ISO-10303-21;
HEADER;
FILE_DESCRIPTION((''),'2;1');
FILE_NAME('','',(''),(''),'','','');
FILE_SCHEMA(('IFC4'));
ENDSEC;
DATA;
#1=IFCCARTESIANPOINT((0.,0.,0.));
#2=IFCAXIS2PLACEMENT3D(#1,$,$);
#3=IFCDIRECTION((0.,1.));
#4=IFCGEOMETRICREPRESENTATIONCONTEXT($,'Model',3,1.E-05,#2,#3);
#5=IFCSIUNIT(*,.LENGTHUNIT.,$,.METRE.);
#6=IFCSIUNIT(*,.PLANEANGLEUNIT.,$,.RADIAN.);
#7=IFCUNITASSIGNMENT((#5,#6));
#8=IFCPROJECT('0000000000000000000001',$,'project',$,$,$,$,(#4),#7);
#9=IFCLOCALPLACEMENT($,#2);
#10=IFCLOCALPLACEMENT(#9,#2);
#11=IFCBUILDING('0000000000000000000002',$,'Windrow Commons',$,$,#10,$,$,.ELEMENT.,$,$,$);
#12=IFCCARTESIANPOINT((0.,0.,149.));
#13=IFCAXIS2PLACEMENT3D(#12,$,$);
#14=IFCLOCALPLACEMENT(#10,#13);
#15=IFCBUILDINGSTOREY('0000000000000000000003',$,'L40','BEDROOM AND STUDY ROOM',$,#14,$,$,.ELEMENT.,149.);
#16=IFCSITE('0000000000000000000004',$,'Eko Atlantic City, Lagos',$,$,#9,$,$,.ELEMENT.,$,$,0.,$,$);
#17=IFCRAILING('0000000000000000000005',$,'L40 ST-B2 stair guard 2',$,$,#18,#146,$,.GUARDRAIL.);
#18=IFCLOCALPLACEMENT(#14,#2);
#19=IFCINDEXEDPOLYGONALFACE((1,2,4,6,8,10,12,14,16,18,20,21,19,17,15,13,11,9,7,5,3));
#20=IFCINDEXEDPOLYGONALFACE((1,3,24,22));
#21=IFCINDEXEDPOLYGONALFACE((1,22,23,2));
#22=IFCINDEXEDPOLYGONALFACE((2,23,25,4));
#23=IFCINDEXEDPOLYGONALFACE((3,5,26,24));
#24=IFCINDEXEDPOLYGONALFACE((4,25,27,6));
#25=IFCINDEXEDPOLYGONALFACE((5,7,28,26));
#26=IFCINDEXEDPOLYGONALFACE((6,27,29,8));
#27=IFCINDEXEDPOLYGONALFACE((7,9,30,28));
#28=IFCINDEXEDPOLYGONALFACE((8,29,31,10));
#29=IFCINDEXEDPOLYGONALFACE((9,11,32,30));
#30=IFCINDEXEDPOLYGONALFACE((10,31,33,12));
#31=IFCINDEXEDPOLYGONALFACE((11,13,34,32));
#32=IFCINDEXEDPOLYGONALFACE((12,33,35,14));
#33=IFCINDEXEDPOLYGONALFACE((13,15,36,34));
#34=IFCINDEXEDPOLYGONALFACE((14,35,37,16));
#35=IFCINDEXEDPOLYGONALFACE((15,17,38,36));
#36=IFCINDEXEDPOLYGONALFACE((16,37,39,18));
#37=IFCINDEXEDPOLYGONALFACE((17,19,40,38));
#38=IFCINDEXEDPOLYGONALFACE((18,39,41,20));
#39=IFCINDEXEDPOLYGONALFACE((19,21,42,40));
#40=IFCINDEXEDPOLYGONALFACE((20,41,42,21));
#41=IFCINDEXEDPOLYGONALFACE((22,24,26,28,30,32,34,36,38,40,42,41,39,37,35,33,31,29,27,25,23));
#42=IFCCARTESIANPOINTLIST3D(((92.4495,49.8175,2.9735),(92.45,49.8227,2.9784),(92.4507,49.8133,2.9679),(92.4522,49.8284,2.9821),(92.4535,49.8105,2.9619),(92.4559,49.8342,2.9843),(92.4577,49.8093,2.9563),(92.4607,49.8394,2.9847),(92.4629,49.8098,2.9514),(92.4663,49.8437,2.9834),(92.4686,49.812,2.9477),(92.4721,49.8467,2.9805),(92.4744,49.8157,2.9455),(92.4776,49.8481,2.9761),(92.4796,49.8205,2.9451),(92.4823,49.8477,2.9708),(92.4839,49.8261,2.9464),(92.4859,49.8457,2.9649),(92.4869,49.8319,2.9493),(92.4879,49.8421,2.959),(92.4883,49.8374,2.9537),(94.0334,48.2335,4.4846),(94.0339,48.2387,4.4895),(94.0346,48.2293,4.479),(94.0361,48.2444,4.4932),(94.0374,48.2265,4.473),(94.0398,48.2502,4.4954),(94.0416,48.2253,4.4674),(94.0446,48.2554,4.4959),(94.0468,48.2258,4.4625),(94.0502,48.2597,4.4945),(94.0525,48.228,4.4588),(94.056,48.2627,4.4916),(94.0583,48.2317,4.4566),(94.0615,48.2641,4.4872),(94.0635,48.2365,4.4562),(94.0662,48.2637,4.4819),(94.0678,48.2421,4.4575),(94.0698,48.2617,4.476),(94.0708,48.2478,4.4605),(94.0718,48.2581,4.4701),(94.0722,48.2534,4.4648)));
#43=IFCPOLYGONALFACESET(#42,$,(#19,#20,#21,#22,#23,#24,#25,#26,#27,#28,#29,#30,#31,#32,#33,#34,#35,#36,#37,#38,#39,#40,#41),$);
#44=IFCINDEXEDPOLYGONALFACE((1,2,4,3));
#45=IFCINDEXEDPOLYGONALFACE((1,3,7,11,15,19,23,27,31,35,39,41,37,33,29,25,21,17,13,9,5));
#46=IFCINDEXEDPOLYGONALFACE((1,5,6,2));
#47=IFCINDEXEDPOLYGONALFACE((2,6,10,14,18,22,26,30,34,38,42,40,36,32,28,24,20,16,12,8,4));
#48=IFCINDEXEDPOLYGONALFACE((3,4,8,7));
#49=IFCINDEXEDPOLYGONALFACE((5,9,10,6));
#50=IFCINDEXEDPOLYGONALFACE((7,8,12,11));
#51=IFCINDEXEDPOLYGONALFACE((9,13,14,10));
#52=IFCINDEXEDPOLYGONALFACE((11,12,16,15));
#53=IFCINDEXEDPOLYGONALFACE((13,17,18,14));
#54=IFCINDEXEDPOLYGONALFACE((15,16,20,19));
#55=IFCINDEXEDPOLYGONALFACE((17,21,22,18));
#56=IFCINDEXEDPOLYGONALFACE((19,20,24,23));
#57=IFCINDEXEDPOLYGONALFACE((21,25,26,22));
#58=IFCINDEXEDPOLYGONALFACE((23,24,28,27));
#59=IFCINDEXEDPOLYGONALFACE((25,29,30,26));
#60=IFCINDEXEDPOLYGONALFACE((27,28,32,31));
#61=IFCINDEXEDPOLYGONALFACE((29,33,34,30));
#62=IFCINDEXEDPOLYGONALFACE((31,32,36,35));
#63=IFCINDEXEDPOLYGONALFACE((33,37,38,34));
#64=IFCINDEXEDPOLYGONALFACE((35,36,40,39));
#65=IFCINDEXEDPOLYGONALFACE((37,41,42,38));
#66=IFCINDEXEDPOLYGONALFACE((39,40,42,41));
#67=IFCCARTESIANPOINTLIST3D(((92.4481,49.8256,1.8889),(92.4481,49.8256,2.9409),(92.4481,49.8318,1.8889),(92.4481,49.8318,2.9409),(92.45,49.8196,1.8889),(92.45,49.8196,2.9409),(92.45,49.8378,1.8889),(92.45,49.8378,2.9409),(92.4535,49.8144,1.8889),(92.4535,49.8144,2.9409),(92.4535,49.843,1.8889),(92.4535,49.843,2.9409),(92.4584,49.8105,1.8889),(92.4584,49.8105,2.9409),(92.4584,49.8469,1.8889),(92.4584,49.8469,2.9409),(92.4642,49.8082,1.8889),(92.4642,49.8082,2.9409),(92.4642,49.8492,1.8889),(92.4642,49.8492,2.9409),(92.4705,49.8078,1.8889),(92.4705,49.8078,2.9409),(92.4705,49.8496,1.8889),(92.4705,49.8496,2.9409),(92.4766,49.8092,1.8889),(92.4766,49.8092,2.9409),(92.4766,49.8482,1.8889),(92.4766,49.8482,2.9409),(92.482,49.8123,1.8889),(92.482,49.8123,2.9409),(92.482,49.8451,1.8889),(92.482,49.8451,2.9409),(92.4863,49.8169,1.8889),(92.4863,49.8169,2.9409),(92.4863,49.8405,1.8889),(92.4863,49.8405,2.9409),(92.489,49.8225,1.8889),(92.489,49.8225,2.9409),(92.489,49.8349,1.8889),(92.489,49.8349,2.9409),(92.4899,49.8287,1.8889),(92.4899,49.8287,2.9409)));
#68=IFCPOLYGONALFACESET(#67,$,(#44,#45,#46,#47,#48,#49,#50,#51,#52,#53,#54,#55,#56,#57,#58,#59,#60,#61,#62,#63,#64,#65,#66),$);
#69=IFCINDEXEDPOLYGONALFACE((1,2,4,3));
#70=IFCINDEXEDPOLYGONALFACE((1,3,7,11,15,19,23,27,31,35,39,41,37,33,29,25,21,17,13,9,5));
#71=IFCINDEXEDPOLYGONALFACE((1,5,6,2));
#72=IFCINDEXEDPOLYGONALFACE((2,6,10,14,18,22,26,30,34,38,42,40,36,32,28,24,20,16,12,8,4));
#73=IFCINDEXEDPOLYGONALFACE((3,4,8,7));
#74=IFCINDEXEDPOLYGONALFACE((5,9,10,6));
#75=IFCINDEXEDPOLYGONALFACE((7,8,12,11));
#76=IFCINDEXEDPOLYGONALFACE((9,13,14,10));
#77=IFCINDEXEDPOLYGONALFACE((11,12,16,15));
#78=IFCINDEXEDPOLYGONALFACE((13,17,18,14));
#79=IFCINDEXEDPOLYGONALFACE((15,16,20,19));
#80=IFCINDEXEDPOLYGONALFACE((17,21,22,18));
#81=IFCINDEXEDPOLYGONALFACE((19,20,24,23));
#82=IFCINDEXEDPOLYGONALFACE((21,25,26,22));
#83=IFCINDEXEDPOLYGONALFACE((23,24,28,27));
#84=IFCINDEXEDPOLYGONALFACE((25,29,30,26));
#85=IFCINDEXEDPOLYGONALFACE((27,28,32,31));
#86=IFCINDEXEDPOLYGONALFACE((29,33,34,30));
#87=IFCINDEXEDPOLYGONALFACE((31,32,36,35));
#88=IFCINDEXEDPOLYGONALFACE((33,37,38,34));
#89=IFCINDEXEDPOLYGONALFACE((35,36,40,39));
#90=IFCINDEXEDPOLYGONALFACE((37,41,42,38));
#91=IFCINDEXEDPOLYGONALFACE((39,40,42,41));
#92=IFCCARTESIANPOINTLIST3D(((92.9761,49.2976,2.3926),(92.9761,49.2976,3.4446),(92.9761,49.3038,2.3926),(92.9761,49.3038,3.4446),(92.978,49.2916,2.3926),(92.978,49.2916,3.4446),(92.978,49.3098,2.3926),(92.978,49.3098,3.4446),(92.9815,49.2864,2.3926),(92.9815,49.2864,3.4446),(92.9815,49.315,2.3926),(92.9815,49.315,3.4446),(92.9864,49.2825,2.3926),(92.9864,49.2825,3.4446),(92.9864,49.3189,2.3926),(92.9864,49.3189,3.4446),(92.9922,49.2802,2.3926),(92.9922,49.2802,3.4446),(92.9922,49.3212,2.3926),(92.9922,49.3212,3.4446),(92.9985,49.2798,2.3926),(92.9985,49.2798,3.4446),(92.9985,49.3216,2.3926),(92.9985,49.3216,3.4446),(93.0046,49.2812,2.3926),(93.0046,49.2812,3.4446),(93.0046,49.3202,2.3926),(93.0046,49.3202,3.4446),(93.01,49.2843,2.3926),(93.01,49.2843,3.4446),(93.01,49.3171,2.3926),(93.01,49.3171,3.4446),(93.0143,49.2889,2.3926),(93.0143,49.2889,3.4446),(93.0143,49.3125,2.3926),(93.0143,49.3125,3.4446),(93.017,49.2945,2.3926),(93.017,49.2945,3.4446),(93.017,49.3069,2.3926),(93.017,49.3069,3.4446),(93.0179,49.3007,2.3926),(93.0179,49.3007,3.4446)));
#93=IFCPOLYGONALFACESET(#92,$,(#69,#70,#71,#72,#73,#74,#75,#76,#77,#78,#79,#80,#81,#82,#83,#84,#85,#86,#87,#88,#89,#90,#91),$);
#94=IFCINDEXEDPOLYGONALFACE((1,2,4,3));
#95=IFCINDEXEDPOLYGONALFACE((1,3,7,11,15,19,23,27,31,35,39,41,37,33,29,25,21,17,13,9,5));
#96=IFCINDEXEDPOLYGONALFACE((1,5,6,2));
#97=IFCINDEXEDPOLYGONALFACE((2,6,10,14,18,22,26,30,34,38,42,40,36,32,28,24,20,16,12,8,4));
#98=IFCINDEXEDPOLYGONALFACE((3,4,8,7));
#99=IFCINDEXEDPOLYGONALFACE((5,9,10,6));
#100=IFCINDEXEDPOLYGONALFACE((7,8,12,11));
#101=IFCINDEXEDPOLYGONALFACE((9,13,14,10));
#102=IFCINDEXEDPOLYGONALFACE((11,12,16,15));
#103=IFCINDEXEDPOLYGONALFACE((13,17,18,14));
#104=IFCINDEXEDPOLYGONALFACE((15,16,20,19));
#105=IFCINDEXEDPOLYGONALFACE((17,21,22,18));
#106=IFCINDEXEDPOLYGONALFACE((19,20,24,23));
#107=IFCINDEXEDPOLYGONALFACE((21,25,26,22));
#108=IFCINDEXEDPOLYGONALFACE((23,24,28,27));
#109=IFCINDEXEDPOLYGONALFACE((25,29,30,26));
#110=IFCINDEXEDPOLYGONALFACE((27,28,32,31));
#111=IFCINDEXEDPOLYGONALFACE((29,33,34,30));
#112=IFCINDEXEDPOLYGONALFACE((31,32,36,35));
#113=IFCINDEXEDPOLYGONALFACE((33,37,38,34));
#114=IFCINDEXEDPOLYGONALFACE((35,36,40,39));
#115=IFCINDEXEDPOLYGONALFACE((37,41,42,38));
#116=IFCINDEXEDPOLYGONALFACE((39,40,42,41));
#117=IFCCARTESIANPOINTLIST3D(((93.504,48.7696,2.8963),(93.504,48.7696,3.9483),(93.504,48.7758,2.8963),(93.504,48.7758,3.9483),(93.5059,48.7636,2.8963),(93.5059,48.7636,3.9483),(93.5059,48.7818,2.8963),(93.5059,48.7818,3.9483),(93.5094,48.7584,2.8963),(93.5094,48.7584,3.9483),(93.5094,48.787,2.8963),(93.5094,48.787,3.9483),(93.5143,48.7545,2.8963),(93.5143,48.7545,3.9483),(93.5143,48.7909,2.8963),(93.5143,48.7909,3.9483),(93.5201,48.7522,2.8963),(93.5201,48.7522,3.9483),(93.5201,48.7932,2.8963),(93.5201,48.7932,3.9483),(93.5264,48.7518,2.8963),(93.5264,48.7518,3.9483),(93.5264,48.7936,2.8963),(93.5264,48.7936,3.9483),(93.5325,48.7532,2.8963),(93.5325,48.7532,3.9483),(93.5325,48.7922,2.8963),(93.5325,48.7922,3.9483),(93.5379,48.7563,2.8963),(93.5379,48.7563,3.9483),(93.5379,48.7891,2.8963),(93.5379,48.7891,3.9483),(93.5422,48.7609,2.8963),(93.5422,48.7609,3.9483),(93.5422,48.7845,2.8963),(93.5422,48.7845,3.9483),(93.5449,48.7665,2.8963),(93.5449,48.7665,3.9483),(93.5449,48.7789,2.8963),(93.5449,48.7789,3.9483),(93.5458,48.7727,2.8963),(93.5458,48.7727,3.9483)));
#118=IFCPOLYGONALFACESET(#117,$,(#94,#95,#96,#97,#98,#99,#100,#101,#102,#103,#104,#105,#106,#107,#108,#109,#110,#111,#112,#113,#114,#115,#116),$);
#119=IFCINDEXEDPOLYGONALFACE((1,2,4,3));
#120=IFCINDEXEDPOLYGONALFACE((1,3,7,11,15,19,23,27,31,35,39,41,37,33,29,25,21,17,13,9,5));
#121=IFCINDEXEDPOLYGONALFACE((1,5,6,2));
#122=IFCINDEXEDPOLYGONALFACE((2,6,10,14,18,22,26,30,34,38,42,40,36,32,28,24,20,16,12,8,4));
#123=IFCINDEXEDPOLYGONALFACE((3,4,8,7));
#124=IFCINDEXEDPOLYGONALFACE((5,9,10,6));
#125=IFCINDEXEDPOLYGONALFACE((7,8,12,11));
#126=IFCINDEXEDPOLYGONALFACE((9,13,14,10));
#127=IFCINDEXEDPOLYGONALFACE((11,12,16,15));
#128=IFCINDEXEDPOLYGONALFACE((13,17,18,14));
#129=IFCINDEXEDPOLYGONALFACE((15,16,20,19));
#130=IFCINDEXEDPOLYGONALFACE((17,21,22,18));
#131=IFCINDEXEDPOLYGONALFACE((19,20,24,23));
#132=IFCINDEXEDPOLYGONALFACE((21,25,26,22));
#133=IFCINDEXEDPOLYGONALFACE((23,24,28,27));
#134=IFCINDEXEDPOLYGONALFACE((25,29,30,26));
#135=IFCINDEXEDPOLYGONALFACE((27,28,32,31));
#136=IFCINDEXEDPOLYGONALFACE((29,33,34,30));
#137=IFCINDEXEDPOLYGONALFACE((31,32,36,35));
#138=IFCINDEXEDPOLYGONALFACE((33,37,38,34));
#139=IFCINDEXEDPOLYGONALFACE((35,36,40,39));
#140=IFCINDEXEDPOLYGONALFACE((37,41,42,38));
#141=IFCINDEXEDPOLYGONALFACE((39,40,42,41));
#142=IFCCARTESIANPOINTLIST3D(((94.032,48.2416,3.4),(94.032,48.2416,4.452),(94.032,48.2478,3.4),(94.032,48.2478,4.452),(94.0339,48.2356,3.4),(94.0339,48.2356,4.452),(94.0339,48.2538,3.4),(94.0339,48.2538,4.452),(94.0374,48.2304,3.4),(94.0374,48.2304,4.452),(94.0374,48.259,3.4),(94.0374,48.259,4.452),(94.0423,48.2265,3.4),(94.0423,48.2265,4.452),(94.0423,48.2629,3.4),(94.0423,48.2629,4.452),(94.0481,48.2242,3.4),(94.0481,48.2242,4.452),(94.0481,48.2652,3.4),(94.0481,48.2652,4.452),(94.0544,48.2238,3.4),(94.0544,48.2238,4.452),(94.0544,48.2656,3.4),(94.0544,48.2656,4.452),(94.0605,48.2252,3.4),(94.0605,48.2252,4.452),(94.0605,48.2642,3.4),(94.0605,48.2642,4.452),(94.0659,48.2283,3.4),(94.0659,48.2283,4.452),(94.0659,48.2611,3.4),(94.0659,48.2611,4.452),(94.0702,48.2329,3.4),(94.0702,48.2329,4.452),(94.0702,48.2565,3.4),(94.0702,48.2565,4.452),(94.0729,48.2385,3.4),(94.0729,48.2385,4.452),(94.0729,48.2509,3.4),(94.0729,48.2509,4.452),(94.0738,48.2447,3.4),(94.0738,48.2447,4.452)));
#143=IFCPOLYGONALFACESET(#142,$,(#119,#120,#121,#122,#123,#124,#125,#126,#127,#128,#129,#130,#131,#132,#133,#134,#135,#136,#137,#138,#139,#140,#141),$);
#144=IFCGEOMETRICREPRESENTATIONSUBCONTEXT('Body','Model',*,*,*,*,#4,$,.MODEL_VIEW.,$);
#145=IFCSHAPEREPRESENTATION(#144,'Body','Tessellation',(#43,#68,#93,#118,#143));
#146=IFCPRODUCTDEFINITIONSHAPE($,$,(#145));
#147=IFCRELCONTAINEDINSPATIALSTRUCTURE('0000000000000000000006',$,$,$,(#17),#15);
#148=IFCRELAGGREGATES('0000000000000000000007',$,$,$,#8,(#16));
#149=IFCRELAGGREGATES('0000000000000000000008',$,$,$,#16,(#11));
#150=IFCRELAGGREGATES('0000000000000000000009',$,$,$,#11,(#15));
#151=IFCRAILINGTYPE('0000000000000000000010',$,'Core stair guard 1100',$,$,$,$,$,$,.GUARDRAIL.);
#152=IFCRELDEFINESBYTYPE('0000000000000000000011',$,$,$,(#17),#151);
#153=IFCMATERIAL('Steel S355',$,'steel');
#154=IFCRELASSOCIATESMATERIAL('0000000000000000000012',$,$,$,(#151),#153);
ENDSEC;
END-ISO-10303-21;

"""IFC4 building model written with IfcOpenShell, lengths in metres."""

from ifc_helpers import new_model, si_unit, direction, frame, origin, origin_2d, place, context, subcontext, project, spatial, circle, extrude, material, type_object, element, save


model = new_model("IFC4")

# Units and contexts
model_context = context("Model", 3, precision=1e-05, world=origin(), true_north=direction((0.0, 1.0)))
body_context = subcontext(model_context, "Body", "Model", "MODEL_VIEW")
ifc_project = project(units=[si_unit("LENGTHUNIT", "METRE"), si_unit("PLANEANGLEUNIT", "RADIAN")], contexts=[model_context])

# Site, building, storey
site_placement = place(None, origin())
site = spatial("IfcSite", under=ifc_project, at=site_placement, Name="Eko Atlantic City, Lagos", CompositionType="ELEMENT", RefElevation=0.0)
building_placement = place(site_placement, origin())
building = spatial("IfcBuilding", under=site, at=building_placement, Name="Windrow Commons", CompositionType="ELEMENT")
storey_placement = place(building_placement, frame((0.0, 0.0, 149.0)))
storey = spatial("IfcBuildingStorey", under=building, at=storey_placement, Name="L40", Description="BEDROOM AND STUDY ROOM", CompositionType="ELEMENT", Elevation=149.0)

# Railing
ifc_material_1 = material(Name="Steel S355", Category="steel")
railing_type_1 = type_object("IfcRailingType", Name="Core stair guard 1100", PredefinedType="GUARDRAIL", material=ifc_material_1)
railing_1_placement = place(storey_placement, frame((92.4689, 49.8287, 1.8889)))
element("IfcRailing", 1, at=railing_1_placement, inside=storey, type_object=railing_type_1, Name="L40 ST-B2 stair guard 2", PredefinedType="GUARDRAIL", context=body_context, shape_type="SweptSolid", body=[
    extrude(circle(Radius=0.024, at=origin_2d()), frame((0.0, 0.0, 1.076), z_axis=(0.586179, -0.586216, 0.559237), x_axis=(0.707129, 0.707084, 0.0)), (0.0, 0.0, 1.0), 2.7021),
    extrude(circle(Radius=0.021, at=origin_2d()), origin(), (0.0, 0.0, 1.0), 1.052),
    extrude(circle(Radius=0.021, at=origin_2d()), frame((0.528, -0.528, 0.5037)), (0.0, 0.0, 1.0), 1.052),
    extrude(circle(Radius=0.021, at=origin_2d()), frame((1.0559, -1.056, 1.0074)), (0.0, 0.0, 1.0), 1.052),
    extrude(circle(Radius=0.021, at=origin_2d()), frame((1.5839, -1.584, 1.5111)), (0.0, 0.0, 1.0), 1.052),
])

save(model, "model.ifc")
